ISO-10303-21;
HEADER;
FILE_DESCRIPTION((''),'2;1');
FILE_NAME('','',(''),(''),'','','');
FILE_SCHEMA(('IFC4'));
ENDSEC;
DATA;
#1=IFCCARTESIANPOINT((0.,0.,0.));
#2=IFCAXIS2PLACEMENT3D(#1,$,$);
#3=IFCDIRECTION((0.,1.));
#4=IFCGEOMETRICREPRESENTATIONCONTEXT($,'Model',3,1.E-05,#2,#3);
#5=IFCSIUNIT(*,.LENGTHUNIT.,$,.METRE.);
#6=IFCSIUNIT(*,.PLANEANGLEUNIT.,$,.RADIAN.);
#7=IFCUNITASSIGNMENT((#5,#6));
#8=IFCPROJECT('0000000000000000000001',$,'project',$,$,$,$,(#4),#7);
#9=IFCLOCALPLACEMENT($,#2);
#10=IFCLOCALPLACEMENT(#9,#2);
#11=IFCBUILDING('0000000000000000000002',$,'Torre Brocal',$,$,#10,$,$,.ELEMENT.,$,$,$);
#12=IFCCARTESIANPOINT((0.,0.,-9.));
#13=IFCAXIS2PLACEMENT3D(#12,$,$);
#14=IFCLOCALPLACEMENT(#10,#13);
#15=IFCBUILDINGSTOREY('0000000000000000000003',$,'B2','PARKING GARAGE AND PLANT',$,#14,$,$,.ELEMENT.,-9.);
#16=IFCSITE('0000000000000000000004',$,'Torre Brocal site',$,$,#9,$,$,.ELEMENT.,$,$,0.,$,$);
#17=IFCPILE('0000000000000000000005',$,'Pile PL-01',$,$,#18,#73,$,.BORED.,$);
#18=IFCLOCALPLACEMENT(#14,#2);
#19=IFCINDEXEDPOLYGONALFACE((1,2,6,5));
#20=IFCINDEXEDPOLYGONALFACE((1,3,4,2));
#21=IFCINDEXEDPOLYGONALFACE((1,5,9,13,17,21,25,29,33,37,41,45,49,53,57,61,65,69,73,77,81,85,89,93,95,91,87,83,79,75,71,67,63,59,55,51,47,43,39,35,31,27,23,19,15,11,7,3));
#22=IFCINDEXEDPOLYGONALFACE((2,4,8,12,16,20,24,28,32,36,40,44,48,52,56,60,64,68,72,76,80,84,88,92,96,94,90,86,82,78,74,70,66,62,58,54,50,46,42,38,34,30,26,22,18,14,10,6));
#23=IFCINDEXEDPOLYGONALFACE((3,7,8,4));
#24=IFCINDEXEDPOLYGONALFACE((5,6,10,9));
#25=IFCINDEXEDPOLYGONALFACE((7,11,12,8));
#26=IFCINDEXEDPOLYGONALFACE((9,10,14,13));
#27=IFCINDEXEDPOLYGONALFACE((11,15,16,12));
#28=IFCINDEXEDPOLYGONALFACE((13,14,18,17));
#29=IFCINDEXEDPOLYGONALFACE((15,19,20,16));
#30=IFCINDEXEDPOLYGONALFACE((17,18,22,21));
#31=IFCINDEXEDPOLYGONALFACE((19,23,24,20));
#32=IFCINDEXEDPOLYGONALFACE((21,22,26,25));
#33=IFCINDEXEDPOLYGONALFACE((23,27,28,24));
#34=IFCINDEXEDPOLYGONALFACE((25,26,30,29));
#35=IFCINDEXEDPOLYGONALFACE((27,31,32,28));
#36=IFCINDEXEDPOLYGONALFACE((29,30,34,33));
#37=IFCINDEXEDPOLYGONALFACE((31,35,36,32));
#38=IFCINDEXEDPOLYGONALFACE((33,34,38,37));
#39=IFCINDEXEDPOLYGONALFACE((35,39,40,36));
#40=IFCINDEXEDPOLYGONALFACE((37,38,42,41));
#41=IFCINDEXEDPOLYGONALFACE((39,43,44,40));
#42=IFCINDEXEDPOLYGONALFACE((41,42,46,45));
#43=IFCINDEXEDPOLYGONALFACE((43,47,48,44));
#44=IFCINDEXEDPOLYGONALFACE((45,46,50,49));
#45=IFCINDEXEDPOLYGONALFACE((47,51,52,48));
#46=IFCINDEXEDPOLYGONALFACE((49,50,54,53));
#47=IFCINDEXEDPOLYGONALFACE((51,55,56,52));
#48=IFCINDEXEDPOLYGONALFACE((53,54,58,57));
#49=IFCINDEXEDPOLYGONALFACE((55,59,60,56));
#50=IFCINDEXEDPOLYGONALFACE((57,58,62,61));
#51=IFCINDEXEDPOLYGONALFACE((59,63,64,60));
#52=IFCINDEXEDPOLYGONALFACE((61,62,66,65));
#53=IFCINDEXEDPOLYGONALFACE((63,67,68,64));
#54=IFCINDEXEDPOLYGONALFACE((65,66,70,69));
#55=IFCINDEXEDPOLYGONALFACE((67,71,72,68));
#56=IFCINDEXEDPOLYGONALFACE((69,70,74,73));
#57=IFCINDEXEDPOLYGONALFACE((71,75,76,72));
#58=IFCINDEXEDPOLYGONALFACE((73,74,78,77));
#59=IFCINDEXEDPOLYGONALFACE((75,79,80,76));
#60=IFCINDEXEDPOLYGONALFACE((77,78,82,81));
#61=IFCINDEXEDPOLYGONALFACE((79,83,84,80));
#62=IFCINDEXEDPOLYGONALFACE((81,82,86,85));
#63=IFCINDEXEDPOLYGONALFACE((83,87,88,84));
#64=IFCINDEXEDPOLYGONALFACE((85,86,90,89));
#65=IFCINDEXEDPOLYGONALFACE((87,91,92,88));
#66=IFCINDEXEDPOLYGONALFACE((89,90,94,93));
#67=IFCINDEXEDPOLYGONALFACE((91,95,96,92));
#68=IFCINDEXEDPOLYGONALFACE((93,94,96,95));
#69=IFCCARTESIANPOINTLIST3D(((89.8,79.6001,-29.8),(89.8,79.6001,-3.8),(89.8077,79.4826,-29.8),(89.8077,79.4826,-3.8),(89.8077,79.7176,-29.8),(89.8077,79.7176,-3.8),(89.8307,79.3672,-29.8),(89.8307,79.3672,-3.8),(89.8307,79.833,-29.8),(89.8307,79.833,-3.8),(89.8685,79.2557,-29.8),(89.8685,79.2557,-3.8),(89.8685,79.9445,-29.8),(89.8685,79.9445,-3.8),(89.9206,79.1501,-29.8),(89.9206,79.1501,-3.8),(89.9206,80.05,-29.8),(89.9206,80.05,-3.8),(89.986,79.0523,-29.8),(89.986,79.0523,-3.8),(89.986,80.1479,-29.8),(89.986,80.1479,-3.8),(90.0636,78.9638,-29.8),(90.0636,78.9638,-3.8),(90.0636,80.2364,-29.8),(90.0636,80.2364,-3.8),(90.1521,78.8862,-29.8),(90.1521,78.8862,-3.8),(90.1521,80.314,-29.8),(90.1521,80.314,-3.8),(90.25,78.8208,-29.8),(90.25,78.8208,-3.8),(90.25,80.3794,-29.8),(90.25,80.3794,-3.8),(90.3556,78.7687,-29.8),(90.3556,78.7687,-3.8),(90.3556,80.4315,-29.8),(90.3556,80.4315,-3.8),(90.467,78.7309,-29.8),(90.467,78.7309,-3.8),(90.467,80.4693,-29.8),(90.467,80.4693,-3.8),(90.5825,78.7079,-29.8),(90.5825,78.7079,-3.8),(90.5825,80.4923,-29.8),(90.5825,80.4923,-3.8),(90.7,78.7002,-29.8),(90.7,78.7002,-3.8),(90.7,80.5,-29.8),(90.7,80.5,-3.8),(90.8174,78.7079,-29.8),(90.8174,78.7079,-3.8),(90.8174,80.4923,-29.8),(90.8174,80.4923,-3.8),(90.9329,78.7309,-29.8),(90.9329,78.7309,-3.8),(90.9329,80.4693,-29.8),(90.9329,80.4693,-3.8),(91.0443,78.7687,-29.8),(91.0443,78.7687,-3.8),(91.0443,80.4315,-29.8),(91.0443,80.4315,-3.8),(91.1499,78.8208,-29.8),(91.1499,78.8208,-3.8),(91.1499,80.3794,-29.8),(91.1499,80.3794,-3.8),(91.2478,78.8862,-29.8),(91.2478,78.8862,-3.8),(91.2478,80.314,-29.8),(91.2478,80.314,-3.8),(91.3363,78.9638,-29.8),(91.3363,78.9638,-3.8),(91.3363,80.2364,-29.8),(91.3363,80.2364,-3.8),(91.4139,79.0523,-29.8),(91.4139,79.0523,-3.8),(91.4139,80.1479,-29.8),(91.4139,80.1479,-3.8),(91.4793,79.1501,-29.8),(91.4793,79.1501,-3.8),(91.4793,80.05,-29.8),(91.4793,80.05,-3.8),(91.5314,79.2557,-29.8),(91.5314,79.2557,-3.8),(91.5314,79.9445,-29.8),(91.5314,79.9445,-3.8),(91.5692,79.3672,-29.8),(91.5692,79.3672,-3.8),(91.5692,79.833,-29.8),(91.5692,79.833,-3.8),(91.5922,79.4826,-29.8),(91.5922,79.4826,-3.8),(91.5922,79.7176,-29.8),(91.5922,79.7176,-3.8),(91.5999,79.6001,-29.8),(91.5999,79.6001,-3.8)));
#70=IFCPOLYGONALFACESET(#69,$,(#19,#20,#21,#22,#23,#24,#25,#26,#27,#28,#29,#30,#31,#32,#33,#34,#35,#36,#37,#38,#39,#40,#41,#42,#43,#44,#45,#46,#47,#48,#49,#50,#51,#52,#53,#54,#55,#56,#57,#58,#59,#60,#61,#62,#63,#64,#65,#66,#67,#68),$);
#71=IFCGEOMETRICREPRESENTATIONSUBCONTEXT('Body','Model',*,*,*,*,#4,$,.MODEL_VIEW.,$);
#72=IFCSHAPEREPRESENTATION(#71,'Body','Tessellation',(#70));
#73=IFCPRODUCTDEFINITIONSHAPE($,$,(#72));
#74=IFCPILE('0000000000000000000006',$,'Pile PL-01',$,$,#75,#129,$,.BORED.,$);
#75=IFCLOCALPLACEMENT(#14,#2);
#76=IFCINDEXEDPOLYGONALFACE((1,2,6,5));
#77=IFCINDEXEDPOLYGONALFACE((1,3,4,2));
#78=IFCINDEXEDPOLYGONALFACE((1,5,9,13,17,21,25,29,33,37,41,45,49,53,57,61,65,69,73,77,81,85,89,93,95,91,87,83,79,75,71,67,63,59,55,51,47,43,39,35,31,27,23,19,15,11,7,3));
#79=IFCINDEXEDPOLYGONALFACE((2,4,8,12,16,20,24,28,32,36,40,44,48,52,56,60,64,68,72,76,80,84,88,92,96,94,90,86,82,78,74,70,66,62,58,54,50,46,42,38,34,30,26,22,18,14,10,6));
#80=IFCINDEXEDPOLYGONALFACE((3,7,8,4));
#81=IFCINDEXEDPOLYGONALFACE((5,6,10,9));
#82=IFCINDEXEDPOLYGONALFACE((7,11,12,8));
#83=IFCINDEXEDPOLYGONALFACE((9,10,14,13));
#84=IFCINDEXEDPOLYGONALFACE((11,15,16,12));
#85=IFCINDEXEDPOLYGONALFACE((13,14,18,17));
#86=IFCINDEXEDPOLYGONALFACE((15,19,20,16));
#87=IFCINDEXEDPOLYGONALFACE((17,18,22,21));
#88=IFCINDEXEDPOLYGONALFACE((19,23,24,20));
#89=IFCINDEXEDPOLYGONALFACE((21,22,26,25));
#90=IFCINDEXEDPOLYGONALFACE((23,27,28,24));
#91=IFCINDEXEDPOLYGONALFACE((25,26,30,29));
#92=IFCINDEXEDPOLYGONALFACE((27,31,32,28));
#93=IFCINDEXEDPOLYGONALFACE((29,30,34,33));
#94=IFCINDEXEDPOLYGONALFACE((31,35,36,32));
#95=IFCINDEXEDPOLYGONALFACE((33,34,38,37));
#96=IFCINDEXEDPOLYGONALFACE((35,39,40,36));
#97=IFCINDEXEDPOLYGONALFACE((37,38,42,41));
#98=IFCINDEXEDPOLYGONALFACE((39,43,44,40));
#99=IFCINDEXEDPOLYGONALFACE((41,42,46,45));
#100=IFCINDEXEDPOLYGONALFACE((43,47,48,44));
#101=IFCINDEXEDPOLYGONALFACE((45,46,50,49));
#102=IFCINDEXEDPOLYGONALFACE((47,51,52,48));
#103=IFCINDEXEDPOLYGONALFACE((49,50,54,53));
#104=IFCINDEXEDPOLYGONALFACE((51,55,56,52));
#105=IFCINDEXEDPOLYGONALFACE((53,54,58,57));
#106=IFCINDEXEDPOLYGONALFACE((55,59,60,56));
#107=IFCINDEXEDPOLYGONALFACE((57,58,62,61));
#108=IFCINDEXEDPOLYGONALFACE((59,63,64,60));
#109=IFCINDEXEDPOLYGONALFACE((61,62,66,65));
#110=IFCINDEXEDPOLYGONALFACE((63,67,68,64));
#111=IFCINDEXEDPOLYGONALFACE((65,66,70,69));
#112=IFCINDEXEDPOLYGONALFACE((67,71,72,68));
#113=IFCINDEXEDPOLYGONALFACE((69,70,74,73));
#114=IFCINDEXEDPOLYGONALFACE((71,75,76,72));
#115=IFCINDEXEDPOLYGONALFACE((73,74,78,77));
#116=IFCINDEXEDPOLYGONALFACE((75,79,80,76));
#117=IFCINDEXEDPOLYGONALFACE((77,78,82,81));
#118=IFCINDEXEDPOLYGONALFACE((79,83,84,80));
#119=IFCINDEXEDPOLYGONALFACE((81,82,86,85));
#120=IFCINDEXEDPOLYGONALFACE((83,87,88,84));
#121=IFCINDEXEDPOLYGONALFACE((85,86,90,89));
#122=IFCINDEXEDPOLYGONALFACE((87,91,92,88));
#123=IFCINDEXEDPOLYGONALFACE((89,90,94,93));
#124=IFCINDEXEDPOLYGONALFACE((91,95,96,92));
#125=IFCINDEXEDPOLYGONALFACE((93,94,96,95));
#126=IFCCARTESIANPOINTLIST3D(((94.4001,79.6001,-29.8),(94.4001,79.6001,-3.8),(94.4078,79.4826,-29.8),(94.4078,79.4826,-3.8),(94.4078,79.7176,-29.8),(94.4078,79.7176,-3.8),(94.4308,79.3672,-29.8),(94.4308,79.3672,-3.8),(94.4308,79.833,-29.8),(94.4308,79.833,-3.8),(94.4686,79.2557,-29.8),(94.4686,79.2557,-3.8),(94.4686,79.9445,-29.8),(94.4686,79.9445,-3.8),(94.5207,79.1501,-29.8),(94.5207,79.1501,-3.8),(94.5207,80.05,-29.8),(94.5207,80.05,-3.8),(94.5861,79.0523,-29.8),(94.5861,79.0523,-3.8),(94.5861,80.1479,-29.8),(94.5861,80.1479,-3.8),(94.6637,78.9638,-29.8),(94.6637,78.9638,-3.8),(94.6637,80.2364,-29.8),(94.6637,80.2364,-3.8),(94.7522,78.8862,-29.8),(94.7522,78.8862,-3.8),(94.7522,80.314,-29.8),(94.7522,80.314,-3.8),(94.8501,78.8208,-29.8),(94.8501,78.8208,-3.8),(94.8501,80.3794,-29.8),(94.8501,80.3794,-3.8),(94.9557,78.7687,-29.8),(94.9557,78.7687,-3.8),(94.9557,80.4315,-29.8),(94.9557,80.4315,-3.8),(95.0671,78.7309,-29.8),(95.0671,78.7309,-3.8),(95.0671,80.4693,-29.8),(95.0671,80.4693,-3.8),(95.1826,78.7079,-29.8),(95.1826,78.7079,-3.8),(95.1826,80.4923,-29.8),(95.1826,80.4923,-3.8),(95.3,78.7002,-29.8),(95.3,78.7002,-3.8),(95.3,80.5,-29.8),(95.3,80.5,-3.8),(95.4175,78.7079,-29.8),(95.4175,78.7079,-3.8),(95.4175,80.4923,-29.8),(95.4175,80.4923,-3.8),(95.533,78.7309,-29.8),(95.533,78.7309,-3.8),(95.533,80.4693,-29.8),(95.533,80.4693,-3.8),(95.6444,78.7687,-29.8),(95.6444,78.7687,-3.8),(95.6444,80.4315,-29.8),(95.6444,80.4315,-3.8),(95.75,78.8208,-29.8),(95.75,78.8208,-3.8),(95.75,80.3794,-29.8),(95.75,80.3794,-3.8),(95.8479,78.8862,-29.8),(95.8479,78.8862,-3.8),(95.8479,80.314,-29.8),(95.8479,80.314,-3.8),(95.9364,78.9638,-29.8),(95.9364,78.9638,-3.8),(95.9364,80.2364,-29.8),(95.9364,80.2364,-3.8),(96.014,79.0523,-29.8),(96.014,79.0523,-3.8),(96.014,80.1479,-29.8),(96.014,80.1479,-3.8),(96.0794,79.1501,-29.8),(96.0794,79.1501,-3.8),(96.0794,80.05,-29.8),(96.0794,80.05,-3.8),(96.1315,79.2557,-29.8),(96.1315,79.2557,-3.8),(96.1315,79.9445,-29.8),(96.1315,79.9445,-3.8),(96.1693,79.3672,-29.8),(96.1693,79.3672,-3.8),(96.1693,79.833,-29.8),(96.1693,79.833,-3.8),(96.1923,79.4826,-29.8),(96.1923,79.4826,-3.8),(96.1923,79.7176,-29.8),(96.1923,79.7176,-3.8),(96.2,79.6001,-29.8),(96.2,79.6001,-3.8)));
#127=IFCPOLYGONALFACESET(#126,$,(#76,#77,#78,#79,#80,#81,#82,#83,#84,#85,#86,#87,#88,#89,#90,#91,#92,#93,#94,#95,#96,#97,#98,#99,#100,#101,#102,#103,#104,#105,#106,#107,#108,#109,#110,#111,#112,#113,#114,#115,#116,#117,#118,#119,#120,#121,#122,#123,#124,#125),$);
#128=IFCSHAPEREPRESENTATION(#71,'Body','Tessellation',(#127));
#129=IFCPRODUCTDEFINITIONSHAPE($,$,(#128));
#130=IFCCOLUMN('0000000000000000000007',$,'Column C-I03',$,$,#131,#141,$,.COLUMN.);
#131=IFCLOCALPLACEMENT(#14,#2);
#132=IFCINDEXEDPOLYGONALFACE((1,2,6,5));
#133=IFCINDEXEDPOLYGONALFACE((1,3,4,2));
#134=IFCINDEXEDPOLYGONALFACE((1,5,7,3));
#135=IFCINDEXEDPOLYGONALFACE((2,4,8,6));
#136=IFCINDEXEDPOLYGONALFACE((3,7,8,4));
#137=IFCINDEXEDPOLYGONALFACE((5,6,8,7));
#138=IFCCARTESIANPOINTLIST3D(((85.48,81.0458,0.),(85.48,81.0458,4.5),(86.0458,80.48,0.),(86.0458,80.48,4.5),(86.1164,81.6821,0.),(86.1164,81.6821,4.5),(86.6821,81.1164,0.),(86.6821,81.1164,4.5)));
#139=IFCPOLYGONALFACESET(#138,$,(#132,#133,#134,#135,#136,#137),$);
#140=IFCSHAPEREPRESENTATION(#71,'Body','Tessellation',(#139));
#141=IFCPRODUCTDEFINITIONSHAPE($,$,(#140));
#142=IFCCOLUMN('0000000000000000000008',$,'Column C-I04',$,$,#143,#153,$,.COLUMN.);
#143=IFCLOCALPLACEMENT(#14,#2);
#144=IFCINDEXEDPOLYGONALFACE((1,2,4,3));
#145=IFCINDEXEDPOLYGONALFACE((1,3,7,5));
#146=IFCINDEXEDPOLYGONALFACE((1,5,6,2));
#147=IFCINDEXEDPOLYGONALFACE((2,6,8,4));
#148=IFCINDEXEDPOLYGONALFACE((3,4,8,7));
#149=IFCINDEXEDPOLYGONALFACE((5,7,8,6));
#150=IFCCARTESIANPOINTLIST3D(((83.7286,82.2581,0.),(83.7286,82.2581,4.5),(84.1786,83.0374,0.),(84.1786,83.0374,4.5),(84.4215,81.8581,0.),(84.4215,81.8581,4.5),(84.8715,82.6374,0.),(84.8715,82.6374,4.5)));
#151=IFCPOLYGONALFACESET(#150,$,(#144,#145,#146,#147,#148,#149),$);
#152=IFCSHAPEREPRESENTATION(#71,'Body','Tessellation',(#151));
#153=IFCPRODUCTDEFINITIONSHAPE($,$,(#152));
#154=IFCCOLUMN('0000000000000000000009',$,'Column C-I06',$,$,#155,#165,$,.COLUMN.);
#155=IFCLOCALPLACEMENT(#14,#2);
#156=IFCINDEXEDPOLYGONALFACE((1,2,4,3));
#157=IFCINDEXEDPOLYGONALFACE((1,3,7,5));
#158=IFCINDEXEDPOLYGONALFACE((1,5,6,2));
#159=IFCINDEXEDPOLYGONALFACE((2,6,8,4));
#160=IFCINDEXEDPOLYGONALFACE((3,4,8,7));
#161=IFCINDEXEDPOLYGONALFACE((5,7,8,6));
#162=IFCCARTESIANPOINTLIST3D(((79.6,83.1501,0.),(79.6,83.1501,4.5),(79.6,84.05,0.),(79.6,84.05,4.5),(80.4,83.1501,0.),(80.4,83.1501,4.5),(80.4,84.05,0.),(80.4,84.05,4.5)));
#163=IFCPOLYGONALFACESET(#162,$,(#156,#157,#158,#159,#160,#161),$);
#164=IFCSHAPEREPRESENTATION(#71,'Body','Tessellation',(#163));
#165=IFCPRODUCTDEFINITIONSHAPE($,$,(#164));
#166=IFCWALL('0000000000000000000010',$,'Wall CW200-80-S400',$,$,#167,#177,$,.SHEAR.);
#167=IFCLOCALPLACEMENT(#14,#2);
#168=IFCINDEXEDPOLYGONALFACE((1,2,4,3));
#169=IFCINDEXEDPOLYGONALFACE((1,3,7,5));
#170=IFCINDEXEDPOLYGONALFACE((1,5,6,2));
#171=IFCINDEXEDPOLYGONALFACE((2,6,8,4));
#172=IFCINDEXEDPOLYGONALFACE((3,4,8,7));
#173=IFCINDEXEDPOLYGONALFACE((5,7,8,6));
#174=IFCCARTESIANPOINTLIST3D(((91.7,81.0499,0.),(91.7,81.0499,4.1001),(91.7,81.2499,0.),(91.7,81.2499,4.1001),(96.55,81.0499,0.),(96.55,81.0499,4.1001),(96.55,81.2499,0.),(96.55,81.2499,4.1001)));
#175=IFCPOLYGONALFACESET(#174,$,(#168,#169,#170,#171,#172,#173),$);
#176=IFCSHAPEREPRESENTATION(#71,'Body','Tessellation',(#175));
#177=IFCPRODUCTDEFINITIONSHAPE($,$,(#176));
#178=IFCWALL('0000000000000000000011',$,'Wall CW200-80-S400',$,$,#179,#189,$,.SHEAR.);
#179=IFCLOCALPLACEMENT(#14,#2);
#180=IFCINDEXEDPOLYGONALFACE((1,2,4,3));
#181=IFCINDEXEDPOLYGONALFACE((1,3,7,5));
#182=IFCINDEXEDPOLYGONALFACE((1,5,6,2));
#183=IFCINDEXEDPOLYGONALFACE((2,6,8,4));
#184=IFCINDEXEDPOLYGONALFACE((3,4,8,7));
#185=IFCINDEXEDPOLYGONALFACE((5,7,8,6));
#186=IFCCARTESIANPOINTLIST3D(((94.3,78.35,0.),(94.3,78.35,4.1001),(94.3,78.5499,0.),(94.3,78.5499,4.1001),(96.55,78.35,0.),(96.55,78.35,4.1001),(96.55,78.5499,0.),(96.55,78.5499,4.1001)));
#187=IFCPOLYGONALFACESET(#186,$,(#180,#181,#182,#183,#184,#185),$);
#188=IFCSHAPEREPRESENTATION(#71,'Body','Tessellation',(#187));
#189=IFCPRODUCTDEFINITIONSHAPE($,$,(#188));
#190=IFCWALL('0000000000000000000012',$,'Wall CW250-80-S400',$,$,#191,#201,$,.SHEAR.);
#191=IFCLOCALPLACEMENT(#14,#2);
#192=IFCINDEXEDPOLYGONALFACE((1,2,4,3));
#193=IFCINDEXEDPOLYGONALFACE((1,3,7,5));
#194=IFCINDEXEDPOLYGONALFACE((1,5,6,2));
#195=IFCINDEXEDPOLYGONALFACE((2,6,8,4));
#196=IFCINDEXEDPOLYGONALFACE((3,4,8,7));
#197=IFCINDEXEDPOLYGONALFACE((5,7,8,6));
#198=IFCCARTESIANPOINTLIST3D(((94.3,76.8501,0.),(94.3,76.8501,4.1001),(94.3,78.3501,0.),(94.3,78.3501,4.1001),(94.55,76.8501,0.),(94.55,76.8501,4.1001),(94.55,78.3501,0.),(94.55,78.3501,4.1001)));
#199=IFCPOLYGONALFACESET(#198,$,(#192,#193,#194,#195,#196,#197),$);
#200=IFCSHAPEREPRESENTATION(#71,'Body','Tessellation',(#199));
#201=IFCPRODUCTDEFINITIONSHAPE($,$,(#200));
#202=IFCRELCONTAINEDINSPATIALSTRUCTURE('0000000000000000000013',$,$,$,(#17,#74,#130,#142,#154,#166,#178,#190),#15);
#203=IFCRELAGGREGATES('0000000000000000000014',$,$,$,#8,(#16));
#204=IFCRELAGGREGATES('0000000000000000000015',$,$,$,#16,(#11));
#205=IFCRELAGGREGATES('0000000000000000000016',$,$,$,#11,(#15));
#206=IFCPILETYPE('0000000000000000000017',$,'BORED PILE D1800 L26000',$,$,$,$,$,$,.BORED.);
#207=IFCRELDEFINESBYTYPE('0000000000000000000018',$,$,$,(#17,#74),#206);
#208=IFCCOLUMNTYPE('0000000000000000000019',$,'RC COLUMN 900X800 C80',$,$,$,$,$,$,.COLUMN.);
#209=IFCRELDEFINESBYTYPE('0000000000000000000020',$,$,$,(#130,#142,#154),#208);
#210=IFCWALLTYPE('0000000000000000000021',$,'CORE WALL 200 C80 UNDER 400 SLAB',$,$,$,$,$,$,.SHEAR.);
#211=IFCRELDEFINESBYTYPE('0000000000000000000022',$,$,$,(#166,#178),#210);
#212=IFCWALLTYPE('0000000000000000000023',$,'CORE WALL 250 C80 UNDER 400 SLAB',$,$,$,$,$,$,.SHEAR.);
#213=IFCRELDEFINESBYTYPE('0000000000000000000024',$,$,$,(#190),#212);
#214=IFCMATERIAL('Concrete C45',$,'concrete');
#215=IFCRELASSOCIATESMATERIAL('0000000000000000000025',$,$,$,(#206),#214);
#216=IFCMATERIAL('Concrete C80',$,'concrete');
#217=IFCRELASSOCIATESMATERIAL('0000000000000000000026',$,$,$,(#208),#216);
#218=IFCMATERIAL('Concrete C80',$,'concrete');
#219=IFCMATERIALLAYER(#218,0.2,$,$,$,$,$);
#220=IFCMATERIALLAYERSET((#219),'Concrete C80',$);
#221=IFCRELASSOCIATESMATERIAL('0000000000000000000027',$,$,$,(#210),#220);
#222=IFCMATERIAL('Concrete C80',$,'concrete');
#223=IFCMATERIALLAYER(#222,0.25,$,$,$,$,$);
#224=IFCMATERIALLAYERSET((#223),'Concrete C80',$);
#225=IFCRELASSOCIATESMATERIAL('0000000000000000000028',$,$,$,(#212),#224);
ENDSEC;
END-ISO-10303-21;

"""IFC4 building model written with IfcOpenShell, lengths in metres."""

from ifc_helpers import new_model, si_unit, direction, frame, frame_2d, origin, origin_2d, place, context, subcontext, project, spatial, rectangle, circle, extrude, material, layer, layer_set, material_profile, profile_set, type_object, element, save


model = new_model("IFC4")

# Units and contexts
model_context = context("Model", 3, precision=1e-05, world=origin(), true_north=direction((0.0, 1.0)))
body_context = subcontext(model_context, "Body", "Model", "MODEL_VIEW")
ifc_project = project(units=[si_unit("LENGTHUNIT", "METRE"), si_unit("PLANEANGLEUNIT", "RADIAN")], contexts=[model_context])

# Site, building, storey
site_placement = place(None, origin())
site = spatial("IfcSite", under=ifc_project, at=site_placement, Name="Torre Brocal site", CompositionType="ELEMENT", RefElevation=0.0)
building_placement = place(site_placement, origin())
building = spatial("IfcBuilding", under=site, at=building_placement, Name="Torre Brocal", CompositionType="ELEMENT")
storey_placement = place(building_placement, frame((0.0, 0.0, -9.0)))
storey = spatial("IfcBuildingStorey", under=building, at=storey_placement, Name="B2", Description="PARKING GARAGE AND PLANT", CompositionType="ELEMENT", Elevation=-9.0)

# Piles
ifc_material_1 = material(Name="Concrete C45", Category="concrete")
ifc_material_profile_1 = material_profile(ifc_material_1, circle(Radius=0.8999, at=origin_2d()), Name="BORED PILE D1800")
ifc_profile_set_1 = profile_set([ifc_material_profile_1], Name="Concrete C45")
pile_type_1 = type_object("IfcPileType", Name="BORED PILE D1800 L26000", PredefinedType="BORED", material=ifc_profile_set_1)
for number, where, z_axis, x_axis, name in (
    (1, (90.7, 79.6001, -3.8), (0.0, 0.0, -1.0), (1.0, 0.0, 0.0), "Pile PL-01"),
    (2, (95.3, 79.6001, -3.8), (0.0, 0.0, -1.0), (1.0, 0.0, 0.0), "Pile PL-01"),
):
    element("IfcPile", number, at=place(storey_placement, frame(where, z_axis=z_axis, x_axis=x_axis)), inside=storey, type_object=pile_type_1, Name=name, PredefinedType="BORED", context=body_context, shape_type="SweptSolid", body=[
        extrude(circle(Radius=0.8999, at=origin_2d()), origin(), (0.0, 0.0, 1.0), 26.0),
    ])

# Columns
ifc_material_2 = material(Name="Concrete C80", Category="concrete")
ifc_material_profile_2 = material_profile(ifc_material_2, rectangle(XDim=0.8999, YDim=0.8, at=origin_2d()), Name="RC 900X800")
ifc_profile_set_2 = profile_set([ifc_material_profile_2], Name="Concrete C80")
column_type = type_object("IfcColumnType", Name="RC COLUMN 900X800 C80", PredefinedType="COLUMN", material=ifc_profile_set_2)
for number, where, z_axis, x_axis, name in (
    (3, (86.0811, 81.0811, 0.0), (0.0, 0.0, 1.0), (0.707107, 0.707107, 0.0), "Column C-I03"),
    (4, (84.3, 82.4478, 0.0), (0.0, 0.0, 1.0), (0.5, 0.866025, 0.0), "Column C-I04"),
    (5, (80.0, 83.6001, 0.0), (0.0, 0.0, 1.0), (0.0, 1.0, 0.0), "Column C-I06"),
):
    element("IfcColumn", number, at=place(storey_placement, frame(where, z_axis=z_axis, x_axis=x_axis)), inside=storey, type_object=column_type, Name=name, PredefinedType="COLUMN", context=body_context, shape_type="SweptSolid", body=[
        extrude(rectangle(XDim=0.8999, YDim=0.8, at=origin_2d()), origin(), (0.0, 0.0, 1.0), 4.5),
    ])

# Walls
ifc_material_3 = material(Name="Concrete C80", Category="concrete")
ifc_layer_1 = layer(ifc_material_3, 0.2)
ifc_layer_set_1 = layer_set([ifc_layer_1], Name="Concrete C80")
wall_type_1 = type_object("IfcWallType", Name="CORE WALL 200 C80 UNDER 400 SLAB", PredefinedType="SHEAR", material=ifc_layer_set_1)
wall_1_placement = place(storey_placement, frame((91.7, 81.1499, 0.0), z_axis=(0.0, 0.0, 1.0), x_axis=(1.0, 0.0, 0.0)))
element("IfcWall", 6, at=wall_1_placement, inside=storey, type_object=wall_type_1, Name="Wall CW200-80-S400", PredefinedType="SHEAR", context=body_context, shape_type="SweptSolid", body=[
    extrude(rectangle(XDim=4.8501, YDim=0.2, at=frame_2d((2.425, 0.0))), origin(), (0.0, 0.0, 1.0), 4.1001),
])
wall_2_placement = place(storey_placement, frame((94.3, 78.45, 0.0), z_axis=(0.0, 0.0, 1.0), x_axis=(1.0, 0.0, 0.0)))
element("IfcWall", 7, at=wall_2_placement, inside=storey, type_object=wall_type_1, Name="Wall CW200-80-S400", PredefinedType="SHEAR", context=body_context, shape_type="SweptSolid", body=[
    extrude(rectangle(XDim=2.25, YDim=0.2, at=frame_2d((1.125, 0.0))), origin(), (0.0, 0.0, 1.0), 4.1001),
])
ifc_material_4 = material(Name="Concrete C80", Category="concrete")
ifc_layer_2 = layer(ifc_material_4, 0.25)
ifc_layer_set_2 = layer_set([ifc_layer_2], Name="Concrete C80")
wall_type_2 = type_object("IfcWallType", Name="CORE WALL 250 C80 UNDER 400 SLAB", PredefinedType="SHEAR", material=ifc_layer_set_2)
wall_3_placement = place(storey_placement, frame((94.425, 76.8501, 0.0), z_axis=(0.0, 0.0, 1.0), x_axis=(0.0, 1.0, 0.0)))
element("IfcWall", 8, at=wall_3_placement, inside=storey, type_object=wall_type_2, Name="Wall CW250-80-S400", PredefinedType="SHEAR", context=body_context, shape_type="SweptSolid", body=[
    extrude(rectangle(XDim=1.5, YDim=0.25, at=frame_2d((0.75, 0.0))), origin(), (0.0, 0.0, 1.0), 4.1001),
])

save(model, "model.ifc")
